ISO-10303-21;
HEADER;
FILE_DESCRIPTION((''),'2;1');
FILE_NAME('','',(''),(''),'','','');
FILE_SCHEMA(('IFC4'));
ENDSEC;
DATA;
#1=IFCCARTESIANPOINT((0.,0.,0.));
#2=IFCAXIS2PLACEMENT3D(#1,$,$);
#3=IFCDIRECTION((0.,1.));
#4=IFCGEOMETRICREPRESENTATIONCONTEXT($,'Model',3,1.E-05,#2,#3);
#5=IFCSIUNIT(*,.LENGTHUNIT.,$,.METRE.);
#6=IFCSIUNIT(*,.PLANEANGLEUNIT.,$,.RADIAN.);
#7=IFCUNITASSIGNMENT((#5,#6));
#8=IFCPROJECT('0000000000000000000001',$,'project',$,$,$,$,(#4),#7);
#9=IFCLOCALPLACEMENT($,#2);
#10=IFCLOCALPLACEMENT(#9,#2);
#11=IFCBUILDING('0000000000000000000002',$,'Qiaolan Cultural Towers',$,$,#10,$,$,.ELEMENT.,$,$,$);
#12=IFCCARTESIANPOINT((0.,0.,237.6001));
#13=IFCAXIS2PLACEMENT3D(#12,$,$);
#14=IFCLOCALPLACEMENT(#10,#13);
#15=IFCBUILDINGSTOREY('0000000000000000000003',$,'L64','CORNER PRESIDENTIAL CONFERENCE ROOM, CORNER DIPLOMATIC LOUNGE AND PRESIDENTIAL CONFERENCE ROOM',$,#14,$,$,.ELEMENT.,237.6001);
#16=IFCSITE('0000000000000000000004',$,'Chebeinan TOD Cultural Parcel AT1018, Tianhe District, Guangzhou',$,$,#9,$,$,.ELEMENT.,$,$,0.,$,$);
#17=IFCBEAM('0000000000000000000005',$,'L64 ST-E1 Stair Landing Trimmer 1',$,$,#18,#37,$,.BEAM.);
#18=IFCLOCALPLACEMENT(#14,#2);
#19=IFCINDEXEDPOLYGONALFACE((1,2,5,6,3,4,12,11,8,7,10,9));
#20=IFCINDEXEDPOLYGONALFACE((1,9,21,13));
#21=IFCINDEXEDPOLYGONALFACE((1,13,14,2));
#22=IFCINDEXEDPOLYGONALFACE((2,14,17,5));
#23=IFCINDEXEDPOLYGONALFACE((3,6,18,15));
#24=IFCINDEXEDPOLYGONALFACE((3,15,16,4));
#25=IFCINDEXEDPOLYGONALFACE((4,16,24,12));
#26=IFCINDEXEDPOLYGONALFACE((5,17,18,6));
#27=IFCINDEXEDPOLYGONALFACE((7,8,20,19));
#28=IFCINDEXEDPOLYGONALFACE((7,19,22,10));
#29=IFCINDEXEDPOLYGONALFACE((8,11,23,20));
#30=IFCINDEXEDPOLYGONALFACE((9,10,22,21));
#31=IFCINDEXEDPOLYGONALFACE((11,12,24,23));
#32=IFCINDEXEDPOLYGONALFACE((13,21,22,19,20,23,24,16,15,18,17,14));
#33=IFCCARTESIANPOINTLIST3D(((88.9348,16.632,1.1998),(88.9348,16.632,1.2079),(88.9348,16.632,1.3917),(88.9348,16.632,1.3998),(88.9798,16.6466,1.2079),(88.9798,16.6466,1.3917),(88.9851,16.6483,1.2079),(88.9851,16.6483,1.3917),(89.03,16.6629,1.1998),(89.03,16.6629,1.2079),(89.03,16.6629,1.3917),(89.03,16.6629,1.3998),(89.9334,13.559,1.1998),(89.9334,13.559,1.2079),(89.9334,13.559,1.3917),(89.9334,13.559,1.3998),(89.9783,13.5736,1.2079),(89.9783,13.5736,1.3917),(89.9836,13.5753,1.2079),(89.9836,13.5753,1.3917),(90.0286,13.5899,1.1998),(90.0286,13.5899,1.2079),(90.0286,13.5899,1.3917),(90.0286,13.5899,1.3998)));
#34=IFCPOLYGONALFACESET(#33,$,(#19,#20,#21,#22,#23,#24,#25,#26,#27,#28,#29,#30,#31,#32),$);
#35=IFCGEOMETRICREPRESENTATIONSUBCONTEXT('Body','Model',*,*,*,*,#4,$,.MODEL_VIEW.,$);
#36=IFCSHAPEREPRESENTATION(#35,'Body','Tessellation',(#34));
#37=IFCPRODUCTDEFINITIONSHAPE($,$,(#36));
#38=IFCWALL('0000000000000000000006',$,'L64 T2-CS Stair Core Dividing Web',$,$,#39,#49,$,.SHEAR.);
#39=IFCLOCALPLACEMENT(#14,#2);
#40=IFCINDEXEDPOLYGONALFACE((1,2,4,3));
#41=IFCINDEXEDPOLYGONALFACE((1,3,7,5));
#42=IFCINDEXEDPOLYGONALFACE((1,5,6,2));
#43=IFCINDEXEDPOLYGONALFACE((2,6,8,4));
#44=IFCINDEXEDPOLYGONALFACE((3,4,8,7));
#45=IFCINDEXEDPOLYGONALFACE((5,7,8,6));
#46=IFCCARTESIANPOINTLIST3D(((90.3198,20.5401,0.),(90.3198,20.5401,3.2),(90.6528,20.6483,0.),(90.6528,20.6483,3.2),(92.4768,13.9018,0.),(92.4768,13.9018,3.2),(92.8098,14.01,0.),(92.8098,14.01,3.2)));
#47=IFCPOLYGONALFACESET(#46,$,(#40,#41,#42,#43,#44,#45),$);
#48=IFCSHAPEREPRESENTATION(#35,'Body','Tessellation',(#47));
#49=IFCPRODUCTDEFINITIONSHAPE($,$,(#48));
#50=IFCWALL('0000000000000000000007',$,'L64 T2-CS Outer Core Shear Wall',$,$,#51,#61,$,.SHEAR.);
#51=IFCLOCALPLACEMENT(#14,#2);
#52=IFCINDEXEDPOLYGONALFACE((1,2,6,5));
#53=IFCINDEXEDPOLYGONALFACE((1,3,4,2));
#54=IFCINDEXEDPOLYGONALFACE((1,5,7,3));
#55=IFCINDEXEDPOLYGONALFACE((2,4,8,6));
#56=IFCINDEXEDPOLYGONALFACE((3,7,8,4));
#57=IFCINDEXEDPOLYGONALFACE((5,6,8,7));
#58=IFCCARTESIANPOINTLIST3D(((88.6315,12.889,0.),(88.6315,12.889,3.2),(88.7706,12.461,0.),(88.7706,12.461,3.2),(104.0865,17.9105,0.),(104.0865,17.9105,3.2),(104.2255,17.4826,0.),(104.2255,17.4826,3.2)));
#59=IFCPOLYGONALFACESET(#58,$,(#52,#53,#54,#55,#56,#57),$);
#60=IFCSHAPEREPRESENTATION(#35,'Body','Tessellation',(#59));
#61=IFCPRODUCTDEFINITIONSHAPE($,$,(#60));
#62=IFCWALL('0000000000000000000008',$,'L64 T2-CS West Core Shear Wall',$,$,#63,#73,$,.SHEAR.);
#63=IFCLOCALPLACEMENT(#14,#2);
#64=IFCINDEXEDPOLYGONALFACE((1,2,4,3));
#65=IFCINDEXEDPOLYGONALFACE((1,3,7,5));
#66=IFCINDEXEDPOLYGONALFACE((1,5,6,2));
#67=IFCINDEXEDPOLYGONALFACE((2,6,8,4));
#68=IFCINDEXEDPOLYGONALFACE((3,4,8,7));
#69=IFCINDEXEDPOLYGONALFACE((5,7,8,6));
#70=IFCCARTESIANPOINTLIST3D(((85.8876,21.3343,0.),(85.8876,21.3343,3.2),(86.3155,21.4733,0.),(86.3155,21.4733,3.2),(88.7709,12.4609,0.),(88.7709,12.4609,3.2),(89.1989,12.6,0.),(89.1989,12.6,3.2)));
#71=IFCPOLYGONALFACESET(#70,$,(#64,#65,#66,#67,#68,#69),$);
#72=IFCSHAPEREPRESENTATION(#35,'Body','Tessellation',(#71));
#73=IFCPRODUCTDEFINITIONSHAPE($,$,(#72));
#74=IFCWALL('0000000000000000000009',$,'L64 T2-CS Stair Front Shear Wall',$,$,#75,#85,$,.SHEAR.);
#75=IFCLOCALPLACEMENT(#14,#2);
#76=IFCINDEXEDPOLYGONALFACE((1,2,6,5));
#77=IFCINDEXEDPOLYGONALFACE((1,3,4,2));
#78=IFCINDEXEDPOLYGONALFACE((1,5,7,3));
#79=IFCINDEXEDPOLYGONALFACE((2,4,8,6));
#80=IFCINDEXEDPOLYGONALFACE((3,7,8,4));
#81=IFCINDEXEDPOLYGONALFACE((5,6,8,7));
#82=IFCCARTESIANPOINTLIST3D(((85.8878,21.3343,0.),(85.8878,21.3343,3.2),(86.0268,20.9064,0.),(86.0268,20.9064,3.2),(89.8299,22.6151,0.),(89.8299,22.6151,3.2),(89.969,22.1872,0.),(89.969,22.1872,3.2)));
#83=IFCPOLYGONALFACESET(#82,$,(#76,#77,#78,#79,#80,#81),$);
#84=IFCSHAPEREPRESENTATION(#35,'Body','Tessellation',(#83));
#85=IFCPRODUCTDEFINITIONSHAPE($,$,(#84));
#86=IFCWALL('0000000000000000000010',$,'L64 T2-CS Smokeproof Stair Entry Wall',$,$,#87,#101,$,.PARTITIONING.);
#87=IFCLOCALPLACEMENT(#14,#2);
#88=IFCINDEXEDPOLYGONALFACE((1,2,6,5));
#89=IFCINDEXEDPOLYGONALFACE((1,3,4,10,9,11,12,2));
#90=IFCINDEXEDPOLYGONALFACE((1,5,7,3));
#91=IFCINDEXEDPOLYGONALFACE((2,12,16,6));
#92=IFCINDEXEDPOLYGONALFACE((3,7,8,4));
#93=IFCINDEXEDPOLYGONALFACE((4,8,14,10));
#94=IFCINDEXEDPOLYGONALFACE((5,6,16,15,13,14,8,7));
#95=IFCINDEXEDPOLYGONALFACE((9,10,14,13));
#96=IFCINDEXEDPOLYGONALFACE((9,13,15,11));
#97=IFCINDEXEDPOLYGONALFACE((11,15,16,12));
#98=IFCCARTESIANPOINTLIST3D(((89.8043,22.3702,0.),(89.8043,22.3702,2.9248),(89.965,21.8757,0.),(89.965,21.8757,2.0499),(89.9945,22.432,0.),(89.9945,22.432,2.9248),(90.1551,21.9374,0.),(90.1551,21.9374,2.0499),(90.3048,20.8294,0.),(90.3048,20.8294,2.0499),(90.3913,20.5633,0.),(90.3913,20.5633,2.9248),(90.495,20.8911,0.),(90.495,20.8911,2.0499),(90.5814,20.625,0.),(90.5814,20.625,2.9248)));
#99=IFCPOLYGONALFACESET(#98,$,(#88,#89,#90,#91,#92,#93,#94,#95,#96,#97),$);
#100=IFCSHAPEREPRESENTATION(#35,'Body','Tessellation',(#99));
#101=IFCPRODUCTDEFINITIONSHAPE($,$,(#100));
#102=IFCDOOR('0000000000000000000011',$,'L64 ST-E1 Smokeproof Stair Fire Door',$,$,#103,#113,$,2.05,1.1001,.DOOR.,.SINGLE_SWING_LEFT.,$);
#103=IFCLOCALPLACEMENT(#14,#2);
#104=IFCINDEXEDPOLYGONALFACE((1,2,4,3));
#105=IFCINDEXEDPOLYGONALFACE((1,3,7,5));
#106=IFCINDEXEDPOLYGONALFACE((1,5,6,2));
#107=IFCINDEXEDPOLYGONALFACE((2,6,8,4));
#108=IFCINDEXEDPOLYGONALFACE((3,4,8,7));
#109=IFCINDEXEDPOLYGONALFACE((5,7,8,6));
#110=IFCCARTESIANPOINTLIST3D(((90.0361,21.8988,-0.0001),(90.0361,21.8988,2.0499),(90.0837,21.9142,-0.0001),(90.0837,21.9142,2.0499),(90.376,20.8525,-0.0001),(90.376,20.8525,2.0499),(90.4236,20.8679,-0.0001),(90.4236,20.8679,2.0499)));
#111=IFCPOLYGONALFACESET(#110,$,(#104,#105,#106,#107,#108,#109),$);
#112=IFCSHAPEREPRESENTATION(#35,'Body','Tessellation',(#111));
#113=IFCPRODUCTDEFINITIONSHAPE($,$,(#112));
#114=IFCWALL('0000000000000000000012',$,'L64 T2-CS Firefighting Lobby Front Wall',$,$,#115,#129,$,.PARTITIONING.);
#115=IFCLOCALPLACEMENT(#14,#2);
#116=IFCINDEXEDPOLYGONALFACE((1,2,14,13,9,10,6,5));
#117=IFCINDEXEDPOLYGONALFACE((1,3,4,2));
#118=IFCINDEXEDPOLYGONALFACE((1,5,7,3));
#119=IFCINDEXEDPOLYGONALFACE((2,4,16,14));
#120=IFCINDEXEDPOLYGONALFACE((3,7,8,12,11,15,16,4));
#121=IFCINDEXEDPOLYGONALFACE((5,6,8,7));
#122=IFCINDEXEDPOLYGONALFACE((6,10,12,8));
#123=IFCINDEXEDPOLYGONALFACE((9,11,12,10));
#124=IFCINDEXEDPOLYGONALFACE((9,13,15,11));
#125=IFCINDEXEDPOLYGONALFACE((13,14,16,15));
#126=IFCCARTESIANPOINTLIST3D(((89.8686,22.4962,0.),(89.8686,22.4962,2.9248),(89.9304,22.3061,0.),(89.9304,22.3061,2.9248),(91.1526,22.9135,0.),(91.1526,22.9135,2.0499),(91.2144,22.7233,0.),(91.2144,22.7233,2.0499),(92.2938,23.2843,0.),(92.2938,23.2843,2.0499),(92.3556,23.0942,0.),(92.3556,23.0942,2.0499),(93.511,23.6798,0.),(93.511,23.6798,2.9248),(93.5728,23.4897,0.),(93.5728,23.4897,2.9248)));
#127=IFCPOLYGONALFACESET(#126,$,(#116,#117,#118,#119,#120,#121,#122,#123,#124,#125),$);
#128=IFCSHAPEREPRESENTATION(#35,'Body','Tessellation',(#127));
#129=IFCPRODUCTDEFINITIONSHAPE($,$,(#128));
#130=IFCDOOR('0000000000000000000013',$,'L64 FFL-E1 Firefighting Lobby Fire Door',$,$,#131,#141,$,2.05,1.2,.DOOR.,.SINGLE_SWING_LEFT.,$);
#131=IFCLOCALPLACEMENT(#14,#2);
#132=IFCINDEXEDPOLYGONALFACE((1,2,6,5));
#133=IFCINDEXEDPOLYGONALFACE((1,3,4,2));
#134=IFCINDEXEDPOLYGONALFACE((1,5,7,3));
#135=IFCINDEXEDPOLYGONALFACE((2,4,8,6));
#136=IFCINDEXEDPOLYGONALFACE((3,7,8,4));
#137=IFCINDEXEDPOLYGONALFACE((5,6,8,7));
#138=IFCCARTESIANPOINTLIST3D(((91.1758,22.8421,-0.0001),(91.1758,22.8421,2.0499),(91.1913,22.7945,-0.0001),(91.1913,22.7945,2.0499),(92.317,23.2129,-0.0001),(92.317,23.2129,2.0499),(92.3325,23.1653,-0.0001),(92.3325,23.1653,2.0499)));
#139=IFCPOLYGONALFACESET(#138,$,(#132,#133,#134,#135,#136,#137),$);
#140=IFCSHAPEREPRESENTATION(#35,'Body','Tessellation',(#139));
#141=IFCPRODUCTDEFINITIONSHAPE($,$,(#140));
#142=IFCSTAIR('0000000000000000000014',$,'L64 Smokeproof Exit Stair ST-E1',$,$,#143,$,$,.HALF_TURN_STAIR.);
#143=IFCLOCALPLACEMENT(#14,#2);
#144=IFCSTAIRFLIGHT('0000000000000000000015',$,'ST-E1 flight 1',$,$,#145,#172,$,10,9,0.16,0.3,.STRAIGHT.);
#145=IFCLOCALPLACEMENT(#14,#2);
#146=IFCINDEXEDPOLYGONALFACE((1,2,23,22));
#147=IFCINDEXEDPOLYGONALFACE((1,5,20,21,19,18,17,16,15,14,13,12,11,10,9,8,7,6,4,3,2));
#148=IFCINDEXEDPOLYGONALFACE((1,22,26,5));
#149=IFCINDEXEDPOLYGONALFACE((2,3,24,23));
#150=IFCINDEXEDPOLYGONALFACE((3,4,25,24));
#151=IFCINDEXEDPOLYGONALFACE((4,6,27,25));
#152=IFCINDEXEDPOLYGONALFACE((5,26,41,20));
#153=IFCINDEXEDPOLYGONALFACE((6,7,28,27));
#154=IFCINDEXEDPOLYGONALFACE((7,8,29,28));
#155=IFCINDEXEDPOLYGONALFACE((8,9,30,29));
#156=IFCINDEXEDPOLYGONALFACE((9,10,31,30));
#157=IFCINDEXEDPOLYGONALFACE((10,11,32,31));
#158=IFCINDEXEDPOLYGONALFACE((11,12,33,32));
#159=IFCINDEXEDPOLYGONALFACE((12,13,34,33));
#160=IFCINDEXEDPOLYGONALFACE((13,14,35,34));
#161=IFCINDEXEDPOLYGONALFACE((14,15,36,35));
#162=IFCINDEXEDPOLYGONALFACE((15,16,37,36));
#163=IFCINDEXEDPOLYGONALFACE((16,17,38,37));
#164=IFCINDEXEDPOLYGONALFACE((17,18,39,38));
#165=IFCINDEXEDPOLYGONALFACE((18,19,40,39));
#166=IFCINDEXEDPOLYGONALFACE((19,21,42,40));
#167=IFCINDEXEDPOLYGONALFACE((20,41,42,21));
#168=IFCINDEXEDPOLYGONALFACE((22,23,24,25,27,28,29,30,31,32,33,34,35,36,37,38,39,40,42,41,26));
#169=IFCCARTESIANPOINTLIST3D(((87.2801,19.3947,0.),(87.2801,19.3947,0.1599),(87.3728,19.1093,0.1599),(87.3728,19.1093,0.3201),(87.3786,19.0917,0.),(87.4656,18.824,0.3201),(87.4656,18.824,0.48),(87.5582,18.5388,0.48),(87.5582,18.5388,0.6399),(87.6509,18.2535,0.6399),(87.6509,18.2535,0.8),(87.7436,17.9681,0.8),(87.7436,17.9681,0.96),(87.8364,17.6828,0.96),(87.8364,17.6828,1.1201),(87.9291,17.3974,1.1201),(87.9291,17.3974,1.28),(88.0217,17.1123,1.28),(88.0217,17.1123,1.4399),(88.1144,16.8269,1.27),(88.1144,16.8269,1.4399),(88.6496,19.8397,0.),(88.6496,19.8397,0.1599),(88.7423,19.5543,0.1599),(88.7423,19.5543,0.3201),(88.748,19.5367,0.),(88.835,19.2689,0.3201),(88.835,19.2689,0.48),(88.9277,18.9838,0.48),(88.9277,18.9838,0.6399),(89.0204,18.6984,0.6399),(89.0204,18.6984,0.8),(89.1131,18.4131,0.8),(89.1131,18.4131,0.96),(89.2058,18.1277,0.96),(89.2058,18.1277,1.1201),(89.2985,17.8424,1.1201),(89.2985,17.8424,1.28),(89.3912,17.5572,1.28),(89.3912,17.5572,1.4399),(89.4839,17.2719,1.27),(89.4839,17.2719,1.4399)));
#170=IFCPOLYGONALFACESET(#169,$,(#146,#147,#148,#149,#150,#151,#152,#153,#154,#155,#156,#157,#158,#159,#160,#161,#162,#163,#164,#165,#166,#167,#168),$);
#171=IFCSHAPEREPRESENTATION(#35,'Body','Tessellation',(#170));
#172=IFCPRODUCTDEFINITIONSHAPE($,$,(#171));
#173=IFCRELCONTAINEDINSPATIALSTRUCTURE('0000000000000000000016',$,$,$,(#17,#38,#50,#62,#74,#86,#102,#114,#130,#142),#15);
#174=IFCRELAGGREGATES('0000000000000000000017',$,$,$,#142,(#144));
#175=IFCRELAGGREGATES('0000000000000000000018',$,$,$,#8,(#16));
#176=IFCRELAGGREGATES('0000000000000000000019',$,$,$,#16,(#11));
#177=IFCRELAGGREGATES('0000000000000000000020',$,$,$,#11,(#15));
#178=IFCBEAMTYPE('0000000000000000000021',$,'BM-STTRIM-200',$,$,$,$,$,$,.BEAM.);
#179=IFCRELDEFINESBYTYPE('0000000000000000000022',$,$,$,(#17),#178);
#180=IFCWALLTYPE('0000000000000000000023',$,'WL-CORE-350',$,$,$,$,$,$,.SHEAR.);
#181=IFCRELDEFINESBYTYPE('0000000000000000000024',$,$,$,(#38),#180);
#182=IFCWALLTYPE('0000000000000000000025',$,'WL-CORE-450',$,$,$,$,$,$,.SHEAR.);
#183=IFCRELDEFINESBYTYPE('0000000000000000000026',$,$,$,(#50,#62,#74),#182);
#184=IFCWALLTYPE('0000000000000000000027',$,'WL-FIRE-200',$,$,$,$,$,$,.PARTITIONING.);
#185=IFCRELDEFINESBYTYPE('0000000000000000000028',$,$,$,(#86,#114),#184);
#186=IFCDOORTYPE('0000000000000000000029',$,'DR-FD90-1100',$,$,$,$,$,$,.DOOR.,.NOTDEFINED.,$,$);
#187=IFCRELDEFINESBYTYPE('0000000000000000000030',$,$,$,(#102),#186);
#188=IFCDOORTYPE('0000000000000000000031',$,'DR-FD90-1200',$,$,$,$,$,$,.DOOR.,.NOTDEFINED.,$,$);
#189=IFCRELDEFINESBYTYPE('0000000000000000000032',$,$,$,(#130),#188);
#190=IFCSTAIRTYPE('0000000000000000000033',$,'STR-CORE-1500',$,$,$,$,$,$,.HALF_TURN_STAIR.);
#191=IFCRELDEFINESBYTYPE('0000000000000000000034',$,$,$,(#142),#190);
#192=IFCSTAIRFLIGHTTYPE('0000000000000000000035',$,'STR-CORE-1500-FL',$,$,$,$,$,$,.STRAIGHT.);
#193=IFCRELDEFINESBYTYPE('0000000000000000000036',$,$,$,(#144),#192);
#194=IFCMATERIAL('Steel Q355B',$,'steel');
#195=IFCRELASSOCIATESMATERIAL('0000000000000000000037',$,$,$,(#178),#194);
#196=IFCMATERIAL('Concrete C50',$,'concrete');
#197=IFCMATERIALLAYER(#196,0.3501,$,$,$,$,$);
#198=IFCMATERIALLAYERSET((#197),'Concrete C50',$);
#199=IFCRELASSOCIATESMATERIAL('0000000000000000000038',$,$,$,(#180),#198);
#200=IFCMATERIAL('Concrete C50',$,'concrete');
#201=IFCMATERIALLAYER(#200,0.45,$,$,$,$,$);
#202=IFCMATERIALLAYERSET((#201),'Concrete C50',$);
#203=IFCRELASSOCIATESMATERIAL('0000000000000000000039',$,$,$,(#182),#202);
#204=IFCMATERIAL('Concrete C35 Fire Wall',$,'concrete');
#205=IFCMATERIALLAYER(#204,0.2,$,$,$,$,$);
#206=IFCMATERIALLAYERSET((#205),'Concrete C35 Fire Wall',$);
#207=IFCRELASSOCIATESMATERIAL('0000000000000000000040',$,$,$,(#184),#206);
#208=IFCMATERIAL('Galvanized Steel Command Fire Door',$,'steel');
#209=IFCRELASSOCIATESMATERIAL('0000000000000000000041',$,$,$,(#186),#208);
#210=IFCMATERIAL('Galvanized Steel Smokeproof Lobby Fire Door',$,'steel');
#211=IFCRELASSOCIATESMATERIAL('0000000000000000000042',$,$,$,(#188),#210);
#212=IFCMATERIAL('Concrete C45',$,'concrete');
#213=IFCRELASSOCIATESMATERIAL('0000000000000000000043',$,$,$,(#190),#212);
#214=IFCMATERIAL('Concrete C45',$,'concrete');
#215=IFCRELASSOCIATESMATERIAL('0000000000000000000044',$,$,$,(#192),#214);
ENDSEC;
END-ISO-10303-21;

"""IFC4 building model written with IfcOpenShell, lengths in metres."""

from ifc_helpers import new_model, si_unit, direction, frame, frame_2d, origin, origin_2d, place, context, subcontext, project, spatial, polyline, rectangle, i_section, outline, extrude, material, layer, layer_set, material_profile, profile_set, type_object, element, fill, aggregate, save


model = new_model("IFC4")

# Units and contexts
model_context = context("Model", 3, precision=1e-05, world=origin(), true_north=direction((0.0, 1.0)))
body_context = subcontext(model_context, "Body", "Model", "MODEL_VIEW")
ifc_project = project(units=[si_unit("LENGTHUNIT", "METRE"), si_unit("PLANEANGLEUNIT", "RADIAN")], contexts=[model_context])

# Site, building, storey
site_placement = place(None, origin())
site = spatial("IfcSite", under=ifc_project, at=site_placement, Name="Chebeinan TOD Cultural Parcel AT1018, Tianhe District, Guangzhou", CompositionType="ELEMENT", RefElevation=0.0)
building_placement = place(site_placement, origin())
building = spatial("IfcBuilding", under=site, at=building_placement, Name="Qiaolan Cultural Towers", CompositionType="ELEMENT")
storey_placement = place(building_placement, frame((0.0, 0.0, 237.6001)))
storey = spatial("IfcBuildingStorey", under=building, at=storey_placement, Name="L64", Description="CORNER PRESIDENTIAL CONFERENCE ROOM, CORNER DIPLOMATIC LOUNGE AND PRESIDENTIAL CONFERENCE ROOM", CompositionType="ELEMENT", Elevation=237.6001)

# Beam
ifc_material_1 = material(Name="Steel Q355B", Category="steel")
ifc_material_profile_1 = material_profile(ifc_material_1, i_section(OverallWidth=0.1001, OverallDepth=0.2, WebThickness=0.0056, FlangeThickness=0.0081, at=origin_2d()), Name="HN200x100x5.5x8")
ifc_profile_set_1 = profile_set([ifc_material_profile_1], Name="Steel Q355B")
beam_type_1 = type_object("IfcBeamType", Name="BM-STTRIM-200", PredefinedType="BEAM", material=ifc_profile_set_1)
beam_1_placement = place(storey_placement, frame((88.9824, 16.6475, 1.2998), z_axis=(0.309033, -0.951051, 0.0), x_axis=(0.951051, 0.309033, 0.0)))
element("IfcBeam", 1, at=beam_1_placement, inside=storey, type_object=beam_type_1, Name="L64 ST-E1 Stair Landing Trimmer 1", PredefinedType="BEAM", context=body_context, shape_type="SweptSolid", body=[
    extrude(i_section(OverallWidth=0.1001, OverallDepth=0.2, WebThickness=0.0056, FlangeThickness=0.0081, at=origin_2d()), origin(), (0.0, 0.0, 1.0), 3.2312),
])

# Walls
ifc_material_2 = material(Name="Concrete C50", Category="concrete")
ifc_layer_1 = layer(ifc_material_2, 0.3501)
ifc_layer_set_1 = layer_set([ifc_layer_1], Name="Concrete C50")
wall_type_1 = type_object("IfcWallType", Name="WL-CORE-350", PredefinedType="SHEAR", material=ifc_layer_set_1)
wall_1_placement = place(storey_placement, frame((90.4863, 20.5942, 0.0), z_axis=(0.0, 0.0, 1.0), x_axis=(0.30902, -0.951055, 0.0)))
element("IfcWall", 2, at=wall_1_placement, inside=storey, type_object=wall_type_1, Name="L64 T2-CS Stair Core Dividing Web", PredefinedType="SHEAR", context=body_context, shape_type="SweptSolid", body=[
    extrude(rectangle(XDim=6.98, YDim=0.3501, at=frame_2d((3.49, 0.0))), origin(), (0.0, 0.0, 1.0), 3.2),
])
ifc_material_3 = material(Name="Concrete C50", Category="concrete")
ifc_layer_2 = layer(ifc_material_3, 0.45)
ifc_layer_set_2 = layer_set([ifc_layer_2], Name="Concrete C50")
wall_type_2 = type_object("IfcWallType", Name="WL-CORE-450", PredefinedType="SHEAR", material=ifc_layer_set_2)
wall_2_placement = place(storey_placement, frame((88.7012, 12.675, 0.0), z_axis=(0.0, 0.0, 1.0), x_axis=(0.951058, 0.309012, 0.0)))
element("IfcWall", 3, at=wall_2_placement, inside=storey, type_object=wall_type_2, Name="L64 T2-CS Outer Core Shear Wall", PredefinedType="SHEAR", context=body_context, shape_type="SweptSolid", body=[
    extrude(rectangle(XDim=16.2502, YDim=0.45, at=frame_2d((8.125, 0.0))), origin(), (0.0, 0.0, 1.0), 3.2),
])
wall_3_placement = place(storey_placement, frame((86.1016, 21.4038, 0.0), z_axis=(0.0, 0.0, 1.0), x_axis=(0.309036, -0.95105, 0.0)))
element("IfcWall", 4, at=wall_3_placement, inside=storey, type_object=wall_type_2, Name="L64 T2-CS West Core Shear Wall", PredefinedType="SHEAR", context=body_context, shape_type="SweptSolid", body=[
    extrude(rectangle(XDim=9.3301, YDim=0.45, at=frame_2d((4.665, 0.0))), origin(), (0.0, 0.0, 1.0), 3.2),
])
wall_4_placement = place(storey_placement, frame((85.9573, 21.1204, 0.0), z_axis=(0.0, 0.0, 1.0), x_axis=(0.951065, 0.308992, 0.0)))
element("IfcWall", 5, at=wall_4_placement, inside=storey, type_object=wall_type_2, Name="L64 T2-CS Stair Front Shear Wall", PredefinedType="SHEAR", context=body_context, shape_type="SweptSolid", body=[
    extrude(rectangle(XDim=4.145, YDim=0.45, at=frame_2d((2.0725, 0.0))), origin(), (0.0, 0.0, 1.0), 3.2),
])

# Walls, openings, doors
ifc_material_4 = material(Name="Concrete C35 Fire Wall", Category="concrete")
ifc_layer_3 = layer(ifc_material_4, 0.2)
ifc_layer_set_3 = layer_set([ifc_layer_3], Name="Concrete C35 Fire Wall")
wall_type_3 = type_object("IfcWallType", Name="WL-FIRE-200", PredefinedType="PARTITIONING", material=ifc_layer_set_3)
wall_5_placement = place(storey_placement, frame((89.8994, 22.4011, 0.0), z_axis=(0.0, 0.0, 1.0), x_axis=(0.308932, -0.951084, 0.0)))
wall_5 = element("IfcWall", 6, at=wall_5_placement, inside=storey, type_object=wall_type_3, Name="L64 T2-CS Smokeproof Stair Entry Wall", PredefinedType="PARTITIONING", context=body_context, shape_type="SweptSolid", body=[
    extrude(rectangle(XDim=1.8999, YDim=0.2, at=frame_2d((0.95, 0.0))), origin(), (0.0, 0.0, 1.0), 2.9248),
])
opening_1_placement = place(wall_5_placement, frame((0.52, 0.0, 0.0)))
opening_1 = element("IfcOpeningElement", 7, at=opening_1_placement, cuts=wall_5, PredefinedType="OPENING", context=body_context, shape_type="SweptSolid", body=[
    extrude(rectangle(XDim=1.1001, YDim=2.05, at=frame_2d((0.55, 1.0249))), frame((0.0, 0.1099, 0.0), z_axis=(0.0, -1.0, 0.0), x_axis=(1.0, 0.0, 0.0)), (0.0, 0.0, 1.0), 0.22),
])
ifc_material_5 = material(Name="Galvanized Steel Command Fire Door", Category="steel")
door_type_1 = type_object("IfcDoorType", Name="DR-FD90-1100", OperationType="NOTDEFINED", PredefinedType="DOOR", material=ifc_material_5)
door_1_placement = place(opening_1_placement, origin())
door_1 = element("IfcDoor", 8, at=door_1_placement, inside=storey, type_object=door_type_1, Name="L64 ST-E1 Smokeproof Stair Fire Door", OperationType="SINGLE_SWING_LEFT", OverallHeight=2.05, OverallWidth=1.1001, PredefinedType="DOOR", context=body_context, shape_type="SweptSolid", body=[
    extrude(rectangle(XDim=1.1001, YDim=2.05, at=frame_2d((0.55, 1.0249))), frame((0.0, 0.0249, 0.0), z_axis=(0.0, -1.0, 0.0), x_axis=(1.0, 0.0, 0.0)), (0.0, 0.0, 1.0), 0.05),
])
fill(opening_1, door_1)
wall_6_placement = place(storey_placement, frame((89.8994, 22.4011, 0.0), z_axis=(0.0, 0.0, 1.0), x_axis=(0.951047, 0.309047, 0.0)))
wall_6 = element("IfcWall", 9, at=wall_6_placement, inside=storey, type_object=wall_type_3, Name="L64 T2-CS Firefighting Lobby Front Wall", PredefinedType="PARTITIONING", context=body_context, shape_type="SweptSolid", body=[
    extrude(rectangle(XDim=3.8298, YDim=0.2, at=frame_2d((1.915, 0.0))), origin(), (0.0, 0.0, 1.0), 2.9248),
])
opening_2_placement = place(wall_6_placement, frame((1.3501, 0.0, 0.0)))
opening_2 = element("IfcOpeningElement", 10, at=opening_2_placement, cuts=wall_6, PredefinedType="OPENING", context=body_context, shape_type="SweptSolid", body=[
    extrude(rectangle(XDim=1.2, YDim=2.05, at=frame_2d((0.6001, 1.0249))), frame((0.0, 0.1099, 0.0), z_axis=(0.0, -1.0, 0.0), x_axis=(1.0, 0.0, 0.0)), (0.0, 0.0, 1.0), 0.22),
])
ifc_material_6 = material(Name="Galvanized Steel Smokeproof Lobby Fire Door", Category="steel")
door_type_2 = type_object("IfcDoorType", Name="DR-FD90-1200", OperationType="NOTDEFINED", PredefinedType="DOOR", material=ifc_material_6)
door_2_placement = place(opening_2_placement, origin())
door_2 = element("IfcDoor", 11, at=door_2_placement, inside=storey, type_object=door_type_2, Name="L64 FFL-E1 Firefighting Lobby Fire Door", OperationType="SINGLE_SWING_LEFT", OverallHeight=2.05, OverallWidth=1.2, PredefinedType="DOOR", context=body_context, shape_type="SweptSolid", body=[
    extrude(rectangle(XDim=1.2, YDim=2.05, at=frame_2d((0.6001, 1.0249))), frame((0.0, 0.0249, 0.0), z_axis=(0.0, -1.0, 0.0), x_axis=(1.0, 0.0, 0.0)), (0.0, 0.0, 1.0), 0.05),
])
fill(opening_2, door_2)

# Stair, stair flight
ifc_material_7 = material(Name="Concrete C45", Category="concrete")
stair_type = type_object("IfcStairType", Name="STR-CORE-1500", PredefinedType="HALF_TURN_STAIR", material=ifc_material_7)
stair_placement = place(storey_placement, origin())
stair = element("IfcStair", 12, at=stair_placement, inside=storey, type_object=stair_type, Name="L64 Smokeproof Exit Stair ST-E1", PredefinedType="HALF_TURN_STAIR")
ifc_material_8 = material(Name="Concrete C45", Category="concrete")
stair_flight_type = type_object("IfcStairFlightType", Name="STR-CORE-1500-FL", PredefinedType="STRAIGHT", material=ifc_material_8)
stair_flight_1_placement = place(storey_placement, frame((87.9648, 19.6172, 0.0), z_axis=(0.0, 0.0, 1.0), x_axis=(0.309017, -0.951057, 0.0)))
stair_flight_1 = element("IfcStairFlight", 13, at=stair_flight_1_placement, type_object=stair_flight_type, Name="ST-E1 flight 1", NumberOfRisers=10, NumberOfTreads=9, PredefinedType="STRAIGHT", RiserHeight=0.16, TreadLength=0.3, context=body_context, shape_type="SweptSolid", body=[
    extrude(outline(polyline([(0.0, 0.0), (0.0, 0.1599), (0.3, 0.1599), (0.3, 0.3201), (0.6001, 0.3201), (0.6001, 0.48), (0.8999, 0.48), (0.8999, 0.6399), (1.2, 0.6399), (1.2, 0.8), (1.5, 0.8), (1.5, 0.96), (1.8, 0.96), (1.8, 1.1201), (2.1001, 1.1201), (2.1001, 1.28), (2.3999, 1.28), (2.3999, 1.4399), (2.7, 1.4399), (2.7, 1.6001), (2.7, 1.27), (0.3186, 0.0), (0.0, 0.0)])), frame((0.0, 0.72, 0.0), z_axis=(0.0, -1.0, 0.0), x_axis=(1.0, 0.0, 0.0)), (0.0, 0.0, 1.0), 1.4399),
])
aggregate(stair, [stair_flight_1])

save(model, "model.ifc")
